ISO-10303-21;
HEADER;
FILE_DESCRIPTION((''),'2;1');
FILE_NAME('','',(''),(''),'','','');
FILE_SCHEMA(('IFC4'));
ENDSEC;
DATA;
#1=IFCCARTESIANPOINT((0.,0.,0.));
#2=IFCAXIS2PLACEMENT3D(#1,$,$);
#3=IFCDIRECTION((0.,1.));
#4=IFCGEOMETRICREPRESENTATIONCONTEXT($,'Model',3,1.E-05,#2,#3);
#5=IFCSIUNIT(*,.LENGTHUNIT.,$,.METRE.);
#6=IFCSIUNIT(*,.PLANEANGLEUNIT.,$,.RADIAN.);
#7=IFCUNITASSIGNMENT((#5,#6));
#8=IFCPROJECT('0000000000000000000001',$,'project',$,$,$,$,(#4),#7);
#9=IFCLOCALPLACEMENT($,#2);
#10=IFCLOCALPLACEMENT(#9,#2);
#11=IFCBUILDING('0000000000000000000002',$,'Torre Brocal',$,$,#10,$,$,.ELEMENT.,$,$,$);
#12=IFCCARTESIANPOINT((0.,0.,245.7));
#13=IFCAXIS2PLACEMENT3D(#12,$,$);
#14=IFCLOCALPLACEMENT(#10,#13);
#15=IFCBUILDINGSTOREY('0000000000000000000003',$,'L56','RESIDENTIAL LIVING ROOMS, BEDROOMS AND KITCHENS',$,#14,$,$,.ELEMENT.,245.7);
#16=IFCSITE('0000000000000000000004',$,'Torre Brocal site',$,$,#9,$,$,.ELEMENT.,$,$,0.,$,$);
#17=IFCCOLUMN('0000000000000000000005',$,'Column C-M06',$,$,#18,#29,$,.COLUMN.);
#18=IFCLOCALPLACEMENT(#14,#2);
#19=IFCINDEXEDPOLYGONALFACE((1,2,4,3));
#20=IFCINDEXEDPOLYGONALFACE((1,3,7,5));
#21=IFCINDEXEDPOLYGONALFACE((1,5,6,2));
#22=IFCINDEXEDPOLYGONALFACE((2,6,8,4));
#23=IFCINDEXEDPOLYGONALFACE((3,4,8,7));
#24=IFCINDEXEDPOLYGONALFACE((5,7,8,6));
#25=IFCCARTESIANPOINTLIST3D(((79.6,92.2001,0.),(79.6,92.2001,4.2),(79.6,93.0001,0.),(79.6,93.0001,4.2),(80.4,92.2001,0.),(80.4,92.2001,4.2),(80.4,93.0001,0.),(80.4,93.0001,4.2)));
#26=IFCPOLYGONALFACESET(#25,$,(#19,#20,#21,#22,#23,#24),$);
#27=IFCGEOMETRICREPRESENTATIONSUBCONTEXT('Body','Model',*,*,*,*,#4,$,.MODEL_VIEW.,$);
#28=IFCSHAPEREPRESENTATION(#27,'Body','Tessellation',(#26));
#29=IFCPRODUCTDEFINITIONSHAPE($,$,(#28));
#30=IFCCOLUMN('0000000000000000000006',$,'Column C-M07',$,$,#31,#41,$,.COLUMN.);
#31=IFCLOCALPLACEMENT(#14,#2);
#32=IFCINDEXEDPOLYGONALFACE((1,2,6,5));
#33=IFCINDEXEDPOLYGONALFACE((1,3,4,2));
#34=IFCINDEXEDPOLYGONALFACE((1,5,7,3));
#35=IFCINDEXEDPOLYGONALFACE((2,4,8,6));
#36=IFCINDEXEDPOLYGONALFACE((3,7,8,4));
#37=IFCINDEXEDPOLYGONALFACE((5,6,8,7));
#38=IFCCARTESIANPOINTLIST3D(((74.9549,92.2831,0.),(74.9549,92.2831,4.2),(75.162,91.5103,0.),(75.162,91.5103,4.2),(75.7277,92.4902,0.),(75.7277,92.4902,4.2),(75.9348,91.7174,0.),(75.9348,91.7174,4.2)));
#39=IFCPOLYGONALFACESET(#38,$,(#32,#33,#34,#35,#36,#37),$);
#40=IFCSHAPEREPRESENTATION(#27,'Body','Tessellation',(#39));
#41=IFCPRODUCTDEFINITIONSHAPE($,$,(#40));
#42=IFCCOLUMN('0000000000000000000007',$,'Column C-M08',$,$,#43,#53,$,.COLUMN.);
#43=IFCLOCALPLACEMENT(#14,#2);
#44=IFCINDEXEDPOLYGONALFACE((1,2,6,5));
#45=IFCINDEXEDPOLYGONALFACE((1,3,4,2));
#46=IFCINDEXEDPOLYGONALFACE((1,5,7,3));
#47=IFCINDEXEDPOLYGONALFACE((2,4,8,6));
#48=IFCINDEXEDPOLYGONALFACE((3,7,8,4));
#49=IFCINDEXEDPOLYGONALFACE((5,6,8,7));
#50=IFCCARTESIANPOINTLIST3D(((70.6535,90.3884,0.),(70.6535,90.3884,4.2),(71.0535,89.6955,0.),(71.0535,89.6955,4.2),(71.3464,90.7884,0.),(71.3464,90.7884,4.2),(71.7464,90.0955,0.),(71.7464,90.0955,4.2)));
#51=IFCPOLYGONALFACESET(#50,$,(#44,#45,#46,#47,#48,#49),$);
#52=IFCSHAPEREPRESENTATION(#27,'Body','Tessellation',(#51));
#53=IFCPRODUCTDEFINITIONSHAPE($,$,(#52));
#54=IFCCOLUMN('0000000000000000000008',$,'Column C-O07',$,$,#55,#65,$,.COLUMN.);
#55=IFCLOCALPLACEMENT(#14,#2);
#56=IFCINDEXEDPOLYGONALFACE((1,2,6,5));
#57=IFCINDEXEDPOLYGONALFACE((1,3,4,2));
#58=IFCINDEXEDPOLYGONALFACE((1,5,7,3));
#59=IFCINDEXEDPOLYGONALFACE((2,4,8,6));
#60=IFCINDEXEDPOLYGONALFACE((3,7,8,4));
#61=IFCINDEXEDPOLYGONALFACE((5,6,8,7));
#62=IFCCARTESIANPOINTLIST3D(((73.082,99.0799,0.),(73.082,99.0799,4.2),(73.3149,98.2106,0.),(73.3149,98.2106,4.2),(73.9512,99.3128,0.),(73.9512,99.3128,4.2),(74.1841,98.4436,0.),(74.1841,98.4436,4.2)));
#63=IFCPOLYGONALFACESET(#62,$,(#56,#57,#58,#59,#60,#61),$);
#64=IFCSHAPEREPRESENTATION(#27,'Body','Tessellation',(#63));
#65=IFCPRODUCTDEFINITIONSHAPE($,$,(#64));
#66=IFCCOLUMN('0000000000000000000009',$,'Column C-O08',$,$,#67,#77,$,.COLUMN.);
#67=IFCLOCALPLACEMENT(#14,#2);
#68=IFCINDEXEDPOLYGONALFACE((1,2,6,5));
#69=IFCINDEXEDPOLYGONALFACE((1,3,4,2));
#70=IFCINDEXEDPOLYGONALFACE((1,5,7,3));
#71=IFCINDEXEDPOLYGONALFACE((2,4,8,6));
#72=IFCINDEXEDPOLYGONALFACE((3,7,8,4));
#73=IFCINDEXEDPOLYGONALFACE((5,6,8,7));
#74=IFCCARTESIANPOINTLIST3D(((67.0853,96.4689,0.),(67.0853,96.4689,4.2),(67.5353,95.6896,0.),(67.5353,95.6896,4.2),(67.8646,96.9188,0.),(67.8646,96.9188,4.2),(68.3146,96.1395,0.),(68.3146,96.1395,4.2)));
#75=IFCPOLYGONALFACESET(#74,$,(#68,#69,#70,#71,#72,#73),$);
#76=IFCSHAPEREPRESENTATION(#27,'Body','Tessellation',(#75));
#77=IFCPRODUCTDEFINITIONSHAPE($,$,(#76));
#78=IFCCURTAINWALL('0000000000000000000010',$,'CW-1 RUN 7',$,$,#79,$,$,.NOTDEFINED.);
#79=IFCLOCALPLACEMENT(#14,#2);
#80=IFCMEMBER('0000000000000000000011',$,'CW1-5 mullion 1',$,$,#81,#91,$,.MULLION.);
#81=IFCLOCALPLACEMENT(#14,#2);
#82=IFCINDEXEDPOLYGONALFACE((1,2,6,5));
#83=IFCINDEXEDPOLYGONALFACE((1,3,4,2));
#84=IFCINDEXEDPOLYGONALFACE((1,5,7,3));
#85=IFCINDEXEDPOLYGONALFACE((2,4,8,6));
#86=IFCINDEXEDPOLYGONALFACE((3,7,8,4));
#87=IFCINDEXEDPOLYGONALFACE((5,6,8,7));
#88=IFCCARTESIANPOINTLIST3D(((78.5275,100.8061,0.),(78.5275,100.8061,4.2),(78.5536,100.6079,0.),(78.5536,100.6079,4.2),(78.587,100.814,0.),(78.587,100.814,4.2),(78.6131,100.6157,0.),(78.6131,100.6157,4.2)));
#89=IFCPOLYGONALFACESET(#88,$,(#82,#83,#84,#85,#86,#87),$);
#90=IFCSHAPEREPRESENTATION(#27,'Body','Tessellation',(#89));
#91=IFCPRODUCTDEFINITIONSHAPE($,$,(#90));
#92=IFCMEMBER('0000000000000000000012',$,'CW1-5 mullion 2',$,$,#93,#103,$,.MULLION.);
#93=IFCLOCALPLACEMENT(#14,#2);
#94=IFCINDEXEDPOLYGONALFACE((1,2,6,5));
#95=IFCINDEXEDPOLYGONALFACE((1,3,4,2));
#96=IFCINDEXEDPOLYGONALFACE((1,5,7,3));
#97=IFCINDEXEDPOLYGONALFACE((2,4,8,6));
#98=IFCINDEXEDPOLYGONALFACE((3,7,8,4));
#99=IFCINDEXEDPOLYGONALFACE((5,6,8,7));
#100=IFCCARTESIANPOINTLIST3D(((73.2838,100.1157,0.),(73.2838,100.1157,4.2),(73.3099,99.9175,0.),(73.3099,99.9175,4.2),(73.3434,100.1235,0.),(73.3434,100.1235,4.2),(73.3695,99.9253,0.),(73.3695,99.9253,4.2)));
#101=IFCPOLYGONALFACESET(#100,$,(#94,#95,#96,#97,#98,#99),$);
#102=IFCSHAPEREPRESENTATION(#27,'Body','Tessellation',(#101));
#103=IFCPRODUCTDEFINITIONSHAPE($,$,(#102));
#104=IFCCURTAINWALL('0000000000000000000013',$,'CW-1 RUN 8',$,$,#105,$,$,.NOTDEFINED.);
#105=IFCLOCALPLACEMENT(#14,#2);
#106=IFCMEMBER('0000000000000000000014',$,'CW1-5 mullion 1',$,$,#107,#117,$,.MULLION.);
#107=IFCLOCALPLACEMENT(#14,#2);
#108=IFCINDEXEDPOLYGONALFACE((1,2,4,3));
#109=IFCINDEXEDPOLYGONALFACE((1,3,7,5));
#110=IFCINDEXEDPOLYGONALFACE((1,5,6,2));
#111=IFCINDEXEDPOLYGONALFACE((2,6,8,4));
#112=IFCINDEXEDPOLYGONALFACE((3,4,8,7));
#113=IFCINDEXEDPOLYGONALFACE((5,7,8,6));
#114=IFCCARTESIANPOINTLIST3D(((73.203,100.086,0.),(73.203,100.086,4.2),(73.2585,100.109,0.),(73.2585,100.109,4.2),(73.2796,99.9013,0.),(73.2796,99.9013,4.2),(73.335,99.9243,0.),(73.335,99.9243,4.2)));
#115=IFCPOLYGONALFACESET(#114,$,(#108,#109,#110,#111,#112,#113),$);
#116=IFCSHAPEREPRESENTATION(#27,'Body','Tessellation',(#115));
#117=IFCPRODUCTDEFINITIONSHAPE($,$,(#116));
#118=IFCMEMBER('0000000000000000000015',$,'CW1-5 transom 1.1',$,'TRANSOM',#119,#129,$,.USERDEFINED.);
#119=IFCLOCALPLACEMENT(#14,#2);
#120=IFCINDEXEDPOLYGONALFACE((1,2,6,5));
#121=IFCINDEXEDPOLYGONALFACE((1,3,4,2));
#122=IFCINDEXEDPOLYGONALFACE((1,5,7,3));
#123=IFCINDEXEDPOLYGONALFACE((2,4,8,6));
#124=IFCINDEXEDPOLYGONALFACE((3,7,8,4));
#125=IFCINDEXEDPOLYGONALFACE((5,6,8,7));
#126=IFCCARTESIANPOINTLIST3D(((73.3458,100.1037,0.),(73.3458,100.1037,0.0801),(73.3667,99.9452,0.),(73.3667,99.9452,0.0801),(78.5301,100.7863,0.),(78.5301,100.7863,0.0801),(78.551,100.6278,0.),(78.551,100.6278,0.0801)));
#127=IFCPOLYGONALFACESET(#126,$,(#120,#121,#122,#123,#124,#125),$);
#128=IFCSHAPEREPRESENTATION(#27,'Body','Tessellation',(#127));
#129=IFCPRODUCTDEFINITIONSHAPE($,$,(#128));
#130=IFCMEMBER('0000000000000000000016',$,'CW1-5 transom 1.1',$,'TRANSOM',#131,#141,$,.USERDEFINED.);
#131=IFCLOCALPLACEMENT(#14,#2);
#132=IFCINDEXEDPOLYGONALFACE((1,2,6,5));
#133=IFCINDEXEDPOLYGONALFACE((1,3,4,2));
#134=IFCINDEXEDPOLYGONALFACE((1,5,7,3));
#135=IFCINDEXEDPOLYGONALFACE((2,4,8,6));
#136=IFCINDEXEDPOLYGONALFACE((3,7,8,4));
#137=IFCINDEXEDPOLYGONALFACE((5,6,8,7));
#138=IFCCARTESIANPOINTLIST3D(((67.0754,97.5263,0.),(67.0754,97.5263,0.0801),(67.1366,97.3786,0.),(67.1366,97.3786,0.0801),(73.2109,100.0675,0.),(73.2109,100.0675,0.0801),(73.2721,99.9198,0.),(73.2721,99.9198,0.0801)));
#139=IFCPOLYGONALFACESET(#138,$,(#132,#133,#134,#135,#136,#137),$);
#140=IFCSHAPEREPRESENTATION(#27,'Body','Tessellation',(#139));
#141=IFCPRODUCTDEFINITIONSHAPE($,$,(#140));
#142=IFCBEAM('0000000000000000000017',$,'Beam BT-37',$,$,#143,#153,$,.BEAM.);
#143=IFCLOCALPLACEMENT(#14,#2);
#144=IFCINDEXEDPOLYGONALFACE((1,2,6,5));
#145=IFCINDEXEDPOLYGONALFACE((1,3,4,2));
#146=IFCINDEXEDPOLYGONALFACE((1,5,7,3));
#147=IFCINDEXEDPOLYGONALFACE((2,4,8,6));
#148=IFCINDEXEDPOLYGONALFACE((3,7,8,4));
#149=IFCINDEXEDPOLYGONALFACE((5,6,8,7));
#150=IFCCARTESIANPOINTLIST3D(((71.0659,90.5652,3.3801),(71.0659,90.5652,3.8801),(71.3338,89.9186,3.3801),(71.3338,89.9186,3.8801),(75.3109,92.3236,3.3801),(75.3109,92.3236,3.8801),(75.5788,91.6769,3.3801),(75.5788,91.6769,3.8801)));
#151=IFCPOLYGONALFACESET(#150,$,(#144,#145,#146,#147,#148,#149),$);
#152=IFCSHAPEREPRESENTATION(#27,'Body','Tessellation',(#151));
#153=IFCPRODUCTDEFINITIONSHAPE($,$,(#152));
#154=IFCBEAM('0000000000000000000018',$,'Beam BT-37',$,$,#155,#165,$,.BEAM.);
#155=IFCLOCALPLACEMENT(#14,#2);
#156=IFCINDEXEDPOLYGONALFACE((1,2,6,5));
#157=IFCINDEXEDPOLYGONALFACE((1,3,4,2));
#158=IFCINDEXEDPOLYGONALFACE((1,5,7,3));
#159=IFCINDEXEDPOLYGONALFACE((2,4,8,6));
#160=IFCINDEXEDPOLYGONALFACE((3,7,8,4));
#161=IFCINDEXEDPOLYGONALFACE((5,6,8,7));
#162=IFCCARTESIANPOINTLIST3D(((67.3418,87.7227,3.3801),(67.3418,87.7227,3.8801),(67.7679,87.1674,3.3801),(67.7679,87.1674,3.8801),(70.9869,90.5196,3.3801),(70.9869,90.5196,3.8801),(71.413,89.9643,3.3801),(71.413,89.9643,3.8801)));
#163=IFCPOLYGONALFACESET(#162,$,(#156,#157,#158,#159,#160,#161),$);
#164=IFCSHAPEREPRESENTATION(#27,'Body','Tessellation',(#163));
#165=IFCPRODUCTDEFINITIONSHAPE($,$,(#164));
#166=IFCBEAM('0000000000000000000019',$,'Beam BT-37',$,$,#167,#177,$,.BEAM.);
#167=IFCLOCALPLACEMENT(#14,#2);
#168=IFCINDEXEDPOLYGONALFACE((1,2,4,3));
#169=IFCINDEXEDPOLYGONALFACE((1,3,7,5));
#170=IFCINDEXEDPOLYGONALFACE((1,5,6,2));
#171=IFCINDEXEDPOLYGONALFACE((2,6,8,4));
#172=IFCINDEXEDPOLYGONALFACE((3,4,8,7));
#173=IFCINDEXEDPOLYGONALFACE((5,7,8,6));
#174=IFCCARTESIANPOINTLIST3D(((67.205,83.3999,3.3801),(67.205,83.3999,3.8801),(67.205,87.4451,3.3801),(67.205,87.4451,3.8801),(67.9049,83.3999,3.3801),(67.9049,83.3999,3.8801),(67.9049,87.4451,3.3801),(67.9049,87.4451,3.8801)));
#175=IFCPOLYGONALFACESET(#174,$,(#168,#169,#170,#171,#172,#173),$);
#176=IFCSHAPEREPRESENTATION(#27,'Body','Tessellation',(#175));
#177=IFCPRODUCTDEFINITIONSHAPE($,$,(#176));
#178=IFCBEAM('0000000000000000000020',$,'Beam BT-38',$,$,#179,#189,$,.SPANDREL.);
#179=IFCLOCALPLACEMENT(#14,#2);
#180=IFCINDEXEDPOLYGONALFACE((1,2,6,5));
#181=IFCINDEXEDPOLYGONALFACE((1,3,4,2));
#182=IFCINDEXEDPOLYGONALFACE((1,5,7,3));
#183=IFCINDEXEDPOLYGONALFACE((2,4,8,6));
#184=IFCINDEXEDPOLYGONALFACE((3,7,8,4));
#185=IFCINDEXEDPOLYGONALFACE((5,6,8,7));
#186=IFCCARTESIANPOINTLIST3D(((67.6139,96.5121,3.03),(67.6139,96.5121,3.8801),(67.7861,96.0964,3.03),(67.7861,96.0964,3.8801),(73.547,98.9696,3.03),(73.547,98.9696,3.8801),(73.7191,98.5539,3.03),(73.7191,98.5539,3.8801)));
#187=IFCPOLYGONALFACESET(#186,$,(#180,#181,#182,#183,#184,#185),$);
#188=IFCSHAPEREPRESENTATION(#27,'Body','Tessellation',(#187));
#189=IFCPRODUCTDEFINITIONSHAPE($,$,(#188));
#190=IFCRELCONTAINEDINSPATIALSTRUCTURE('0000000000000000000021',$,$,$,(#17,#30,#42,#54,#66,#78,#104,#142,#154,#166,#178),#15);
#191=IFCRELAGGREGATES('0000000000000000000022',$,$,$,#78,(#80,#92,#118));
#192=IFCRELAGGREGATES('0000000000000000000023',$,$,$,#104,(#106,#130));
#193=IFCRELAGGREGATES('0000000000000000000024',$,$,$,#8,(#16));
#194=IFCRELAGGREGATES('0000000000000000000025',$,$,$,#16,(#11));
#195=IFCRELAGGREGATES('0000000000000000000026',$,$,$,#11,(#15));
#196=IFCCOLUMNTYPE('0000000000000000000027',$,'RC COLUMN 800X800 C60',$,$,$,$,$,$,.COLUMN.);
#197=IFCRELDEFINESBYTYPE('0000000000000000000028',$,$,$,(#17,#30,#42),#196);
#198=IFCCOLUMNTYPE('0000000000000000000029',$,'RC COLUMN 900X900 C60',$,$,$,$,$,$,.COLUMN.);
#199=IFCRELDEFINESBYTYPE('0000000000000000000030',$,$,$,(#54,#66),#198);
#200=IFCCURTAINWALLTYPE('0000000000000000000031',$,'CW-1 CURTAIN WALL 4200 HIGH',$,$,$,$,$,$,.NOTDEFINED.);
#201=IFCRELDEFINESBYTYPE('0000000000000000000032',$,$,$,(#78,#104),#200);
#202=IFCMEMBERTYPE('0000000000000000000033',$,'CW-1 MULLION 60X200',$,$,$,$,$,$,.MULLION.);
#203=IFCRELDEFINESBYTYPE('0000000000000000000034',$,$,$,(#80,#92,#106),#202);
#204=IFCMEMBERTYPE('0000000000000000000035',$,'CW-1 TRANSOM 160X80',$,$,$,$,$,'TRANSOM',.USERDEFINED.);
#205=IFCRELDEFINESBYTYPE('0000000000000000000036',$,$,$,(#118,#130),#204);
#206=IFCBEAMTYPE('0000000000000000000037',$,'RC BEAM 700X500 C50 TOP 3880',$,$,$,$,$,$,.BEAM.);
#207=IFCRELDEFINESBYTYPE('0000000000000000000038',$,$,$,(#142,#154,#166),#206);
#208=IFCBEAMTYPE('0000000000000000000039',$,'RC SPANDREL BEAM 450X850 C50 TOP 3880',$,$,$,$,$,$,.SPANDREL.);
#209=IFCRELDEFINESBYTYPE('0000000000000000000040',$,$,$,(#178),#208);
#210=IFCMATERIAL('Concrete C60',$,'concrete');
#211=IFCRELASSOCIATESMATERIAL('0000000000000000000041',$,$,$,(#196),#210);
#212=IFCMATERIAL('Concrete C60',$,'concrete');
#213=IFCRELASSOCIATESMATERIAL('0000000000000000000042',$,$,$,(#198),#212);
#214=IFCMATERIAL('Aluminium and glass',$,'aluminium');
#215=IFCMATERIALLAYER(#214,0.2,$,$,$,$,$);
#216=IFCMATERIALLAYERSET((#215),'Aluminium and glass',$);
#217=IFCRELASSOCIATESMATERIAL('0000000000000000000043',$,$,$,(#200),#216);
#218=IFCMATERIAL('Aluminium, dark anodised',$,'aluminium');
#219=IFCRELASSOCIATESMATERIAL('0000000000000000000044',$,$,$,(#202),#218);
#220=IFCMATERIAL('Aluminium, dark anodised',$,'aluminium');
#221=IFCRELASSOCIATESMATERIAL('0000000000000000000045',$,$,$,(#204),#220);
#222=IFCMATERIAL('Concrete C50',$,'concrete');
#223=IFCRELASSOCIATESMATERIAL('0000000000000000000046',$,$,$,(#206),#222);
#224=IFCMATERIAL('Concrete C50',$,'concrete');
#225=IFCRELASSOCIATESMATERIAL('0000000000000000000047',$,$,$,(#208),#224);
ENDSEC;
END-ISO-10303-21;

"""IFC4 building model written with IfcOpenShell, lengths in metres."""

from ifc_helpers import new_model, si_unit, direction, frame, origin, origin_2d, place, context, subcontext, project, spatial, rectangle, extrude, material, layer, layer_set, material_profile, profile_set, type_object, element, aggregate, save


model = new_model("IFC4")

# Units and contexts
model_context = context("Model", 3, precision=1e-05, world=origin(), true_north=direction((0.0, 1.0)))
body_context = subcontext(model_context, "Body", "Model", "MODEL_VIEW")
ifc_project = project(units=[si_unit("LENGTHUNIT", "METRE"), si_unit("PLANEANGLEUNIT", "RADIAN")], contexts=[model_context])

# Site, building, storey
site_placement = place(None, origin())
site = spatial("IfcSite", under=ifc_project, at=site_placement, Name="Torre Brocal site", CompositionType="ELEMENT", RefElevation=0.0)
building_placement = place(site_placement, origin())
building = spatial("IfcBuilding", under=site, at=building_placement, Name="Torre Brocal", CompositionType="ELEMENT")
storey_placement = place(building_placement, frame((0.0, 0.0, 245.7)))
storey = spatial("IfcBuildingStorey", under=building, at=storey_placement, Name="L56", Description="RESIDENTIAL LIVING ROOMS, BEDROOMS AND KITCHENS", CompositionType="ELEMENT", Elevation=245.7)

# Columns
ifc_material_1 = material(Name="Concrete C60", Category="concrete")
ifc_material_profile_1 = material_profile(ifc_material_1, rectangle(XDim=0.8, YDim=0.8, at=origin_2d()), Name="RC 800X800")
ifc_profile_set_1 = profile_set([ifc_material_profile_1], Name="Concrete C60")
column_type_1 = type_object("IfcColumnType", Name="RC COLUMN 800X800 C60", PredefinedType="COLUMN", material=ifc_profile_set_1)
for number, where, z_axis, x_axis, name in (
    (1, (80.0, 92.6001, 0.0), (0.0, 0.0, 1.0), (0.0, 1.0, 0.0), "Column C-M06"),
    (2, (75.4448, 92.0002, 0.0), (0.0, 0.0, 1.0), (-0.258819, 0.965926, 0.0), "Column C-M07"),
    (3, (71.2, 90.2419, 0.0), (0.0, 0.0, 1.0), (-0.5, 0.866025, 0.0), "Column C-M08"),
):
    element("IfcColumn", number, at=place(storey_placement, frame(where, z_axis=z_axis, x_axis=x_axis)), inside=storey, type_object=column_type_1, Name=name, PredefinedType="COLUMN", context=body_context, shape_type="SweptSolid", body=[
        extrude(rectangle(XDim=0.8, YDim=0.8, at=origin_2d()), origin(), (0.0, 0.0, 1.0), 4.2),
    ])
ifc_material_2 = material(Name="Concrete C60", Category="concrete")
ifc_material_profile_2 = material_profile(ifc_material_2, rectangle(XDim=0.8999, YDim=0.8999, at=origin_2d()), Name="RC 900X900")
ifc_profile_set_2 = profile_set([ifc_material_profile_2], Name="Concrete C60")
column_type_2 = type_object("IfcColumnType", Name="RC COLUMN 900X900 C60", PredefinedType="COLUMN", material=ifc_profile_set_2)
for number, where, z_axis, x_axis, name in (
    (4, (73.6331, 98.7617, 0.0), (0.0, 0.0, 1.0), (-0.258819, 0.965926, 0.0), "Column C-O07"),
    (5, (67.7, 96.3042, 0.0), (0.0, 0.0, 1.0), (-0.5, 0.866025, 0.0), "Column C-O08"),
):
    element("IfcColumn", number, at=place(storey_placement, frame(where, z_axis=z_axis, x_axis=x_axis)), inside=storey, type_object=column_type_2, Name=name, PredefinedType="COLUMN", context=body_context, shape_type="SweptSolid", body=[
        extrude(rectangle(XDim=0.8999, YDim=0.8999, at=origin_2d()), origin(), (0.0, 0.0, 1.0), 4.2),
    ])

# Curtain wall, members
ifc_material_3 = material(Name="Aluminium and glass", Category="aluminium")
ifc_layer_1 = layer(ifc_material_3, 0.2)
ifc_layer_set_1 = layer_set([ifc_layer_1], Name="Aluminium and glass")
curtain_wall_type = type_object("IfcCurtainWallType", Name="CW-1 CURTAIN WALL 4200 HIGH", PredefinedType="NOTDEFINED", material=ifc_layer_set_1)
curtain_wall_1_placement = place(storey_placement, origin())
curtain_wall_1 = element("IfcCurtainWall", 6, at=curtain_wall_1_placement, inside=storey, type_object=curtain_wall_type, Name="CW-1 RUN 7", PredefinedType="NOTDEFINED")
ifc_material_4 = material(Name="Aluminium, dark anodised", Category="aluminium")
ifc_material_profile_3 = material_profile(ifc_material_4, rectangle(XDim=0.2, YDim=0.0601, at=origin_2d()), Name="CW-1 MULLION 60X200")
ifc_profile_set_3 = profile_set([ifc_material_profile_3], Name="Aluminium, dark anodised")
member_type_1 = type_object("IfcMemberType", Name="CW-1 MULLION 60X200", PredefinedType="MULLION", material=ifc_profile_set_3)
member_1_placement = place(storey_placement, frame((78.5703, 100.7109, 0.0), z_axis=(0.0, 0.0, 1.0), x_axis=(0.130526, -0.991445, 0.0)))
member_1 = element("IfcMember", 7, at=member_1_placement, type_object=member_type_1, Name="CW1-5 mullion 1", PredefinedType="MULLION", context=body_context, shape_type="SweptSolid", body=[
    extrude(rectangle(XDim=0.2, YDim=0.0601, at=origin_2d()), origin(), (0.0, 0.0, 1.0), 4.2),
])
member_2_placement = place(storey_placement, frame((73.3267, 100.0205, 0.0), z_axis=(0.0, 0.0, 1.0), x_axis=(0.130526, -0.991445, 0.0)))
member_2 = element("IfcMember", 8, at=member_2_placement, type_object=member_type_1, Name="CW1-5 mullion 2", PredefinedType="MULLION", context=body_context, shape_type="SweptSolid", body=[
    extrude(rectangle(XDim=0.2, YDim=0.0601, at=origin_2d()), origin(), (0.0, 0.0, 1.0), 4.2),
])

# Curtain wall, member
curtain_wall_2_placement = place(storey_placement, origin())
curtain_wall_2 = element("IfcCurtainWall", 9, at=curtain_wall_2_placement, inside=storey, type_object=curtain_wall_type, Name="CW-1 RUN 8", PredefinedType="NOTDEFINED")
member_3_placement = place(storey_placement, frame((73.269, 100.0051, 0.0), z_axis=(0.0, 0.0, 1.0), x_axis=(0.382683, -0.92388, 0.0)))
member_3 = element("IfcMember", 10, at=member_3_placement, type_object=member_type_1, Name="CW1-5 mullion 1", PredefinedType="MULLION", context=body_context, shape_type="SweptSolid", body=[
    extrude(rectangle(XDim=0.2, YDim=0.0601, at=origin_2d()), origin(), (0.0, 0.0, 1.0), 4.2),
])

# Members
ifc_material_5 = material(Name="Aluminium, dark anodised", Category="aluminium")
ifc_material_profile_4 = material_profile(ifc_material_5, rectangle(XDim=0.1599, YDim=0.0801, at=origin_2d()), Name="CW-1 TRANSOM 160X80")
ifc_profile_set_4 = profile_set([ifc_material_profile_4], Name="Aluminium, dark anodised")
member_type_2 = type_object("IfcMemberType", Name="CW-1 TRANSOM 160X80", ElementType="TRANSOM", PredefinedType="USERDEFINED", material=ifc_profile_set_4)
member_4_placement = place(storey_placement, frame((78.5405, 100.707, 0.04), z_axis=(-0.991443, -0.130543, 0.0), x_axis=(0.130543, -0.991443, 0.0)))
member_4 = element("IfcMember", 11, at=member_4_placement, type_object=member_type_2, Name="CW1-5 transom 1.1", ObjectType="TRANSOM", PredefinedType="USERDEFINED", context=body_context, shape_type="SweptSolid", body=[
    extrude(rectangle(XDim=0.1599, YDim=0.0801, at=origin_2d()), origin(), (0.0, 0.0, 1.0), 5.229),
])
member_5_placement = place(storey_placement, frame((73.2415, 99.9937, 0.04), z_axis=(-0.923887, -0.382665, 0.0), x_axis=(0.382665, -0.923887, 0.0)))
member_5 = element("IfcMember", 12, at=member_5_placement, type_object=member_type_2, Name="CW1-5 transom 1.1", ObjectType="TRANSOM", PredefinedType="USERDEFINED", context=body_context, shape_type="SweptSolid", body=[
    extrude(rectangle(XDim=0.1599, YDim=0.0801, at=origin_2d()), origin(), (0.0, 0.0, 1.0), 6.6409),
])

# Beams
ifc_material_6 = material(Name="Concrete C50", Category="concrete")
ifc_material_profile_5 = material_profile(ifc_material_6, rectangle(XDim=0.7, YDim=0.5, at=origin_2d()), Name="RC 700X500")
ifc_profile_set_5 = profile_set([ifc_material_profile_5], Name="Concrete C50")
beam_type_1 = type_object("IfcBeamType", Name="RC BEAM 700X500 C50 TOP 3880", PredefinedType="BEAM", material=ifc_profile_set_5)
beam_1_placement = place(storey_placement, frame((75.4448, 92.0002, 3.6301), z_axis=(-0.923878, -0.382687, 0.0), x_axis=(0.382687, -0.923878, 0.0)))
element("IfcBeam", 13, at=beam_1_placement, inside=storey, type_object=beam_type_1, Name="Beam BT-37", PredefinedType="BEAM", context=body_context, shape_type="SweptSolid", body=[
    extrude(rectangle(XDim=0.7, YDim=0.5, at=origin_2d()), origin(), (0.0, 0.0, 1.0), 4.5947),
])
beam_2_placement = place(storey_placement, frame((71.2, 90.2419, 3.6301), z_axis=(-0.793358, -0.608755, 0.0), x_axis=(0.608755, -0.793358, 0.0)))
element("IfcBeam", 14, at=beam_2_placement, inside=storey, type_object=beam_type_1, Name="Beam BT-37", PredefinedType="BEAM", context=body_context, shape_type="SweptSolid", body=[
    extrude(rectangle(XDim=0.7, YDim=0.5, at=origin_2d()), origin(), (0.0, 0.0, 1.0), 4.5945),
])
beam_3_placement = place(storey_placement, frame((67.5549, 87.4451, 3.6301), z_axis=(0.0, -1.0, 0.0), x_axis=(1.0, 0.0, 0.0)))
element("IfcBeam", 15, at=beam_3_placement, inside=storey, type_object=beam_type_1, Name="Beam BT-37", PredefinedType="BEAM", context=body_context, shape_type="SweptSolid", body=[
    extrude(rectangle(XDim=0.7, YDim=0.5, at=origin_2d()), origin(), (0.0, 0.0, 1.0), 4.0452),
])
ifc_material_7 = material(Name="Concrete C50", Category="concrete")
ifc_material_profile_6 = material_profile(ifc_material_7, rectangle(XDim=0.45, YDim=0.8501, at=origin_2d()), Name="RC 450X850")
ifc_profile_set_6 = profile_set([ifc_material_profile_6], Name="Concrete C50")
beam_type_2 = type_object("IfcBeamType", Name="RC SPANDREL BEAM 450X850 C50 TOP 3880", PredefinedType="SPANDREL", material=ifc_profile_set_6)
beam_4_placement = place(storey_placement, frame((73.6331, 98.7617, 3.4551), z_axis=(-0.923882, -0.382676, 0.0), x_axis=(0.382676, -0.923882, 0.0)))
element("IfcBeam", 16, at=beam_4_placement, inside=storey, type_object=beam_type_2, Name="Beam BT-38", PredefinedType="SPANDREL", context=body_context, shape_type="SweptSolid", body=[
    extrude(rectangle(XDim=0.45, YDim=0.8501, at=origin_2d()), origin(), (0.0, 0.0, 1.0), 6.4219),
])

aggregate(curtain_wall_1, [member_1, member_2, member_4])
aggregate(curtain_wall_2, [member_3, member_5])

save(model, "model.ifc")
